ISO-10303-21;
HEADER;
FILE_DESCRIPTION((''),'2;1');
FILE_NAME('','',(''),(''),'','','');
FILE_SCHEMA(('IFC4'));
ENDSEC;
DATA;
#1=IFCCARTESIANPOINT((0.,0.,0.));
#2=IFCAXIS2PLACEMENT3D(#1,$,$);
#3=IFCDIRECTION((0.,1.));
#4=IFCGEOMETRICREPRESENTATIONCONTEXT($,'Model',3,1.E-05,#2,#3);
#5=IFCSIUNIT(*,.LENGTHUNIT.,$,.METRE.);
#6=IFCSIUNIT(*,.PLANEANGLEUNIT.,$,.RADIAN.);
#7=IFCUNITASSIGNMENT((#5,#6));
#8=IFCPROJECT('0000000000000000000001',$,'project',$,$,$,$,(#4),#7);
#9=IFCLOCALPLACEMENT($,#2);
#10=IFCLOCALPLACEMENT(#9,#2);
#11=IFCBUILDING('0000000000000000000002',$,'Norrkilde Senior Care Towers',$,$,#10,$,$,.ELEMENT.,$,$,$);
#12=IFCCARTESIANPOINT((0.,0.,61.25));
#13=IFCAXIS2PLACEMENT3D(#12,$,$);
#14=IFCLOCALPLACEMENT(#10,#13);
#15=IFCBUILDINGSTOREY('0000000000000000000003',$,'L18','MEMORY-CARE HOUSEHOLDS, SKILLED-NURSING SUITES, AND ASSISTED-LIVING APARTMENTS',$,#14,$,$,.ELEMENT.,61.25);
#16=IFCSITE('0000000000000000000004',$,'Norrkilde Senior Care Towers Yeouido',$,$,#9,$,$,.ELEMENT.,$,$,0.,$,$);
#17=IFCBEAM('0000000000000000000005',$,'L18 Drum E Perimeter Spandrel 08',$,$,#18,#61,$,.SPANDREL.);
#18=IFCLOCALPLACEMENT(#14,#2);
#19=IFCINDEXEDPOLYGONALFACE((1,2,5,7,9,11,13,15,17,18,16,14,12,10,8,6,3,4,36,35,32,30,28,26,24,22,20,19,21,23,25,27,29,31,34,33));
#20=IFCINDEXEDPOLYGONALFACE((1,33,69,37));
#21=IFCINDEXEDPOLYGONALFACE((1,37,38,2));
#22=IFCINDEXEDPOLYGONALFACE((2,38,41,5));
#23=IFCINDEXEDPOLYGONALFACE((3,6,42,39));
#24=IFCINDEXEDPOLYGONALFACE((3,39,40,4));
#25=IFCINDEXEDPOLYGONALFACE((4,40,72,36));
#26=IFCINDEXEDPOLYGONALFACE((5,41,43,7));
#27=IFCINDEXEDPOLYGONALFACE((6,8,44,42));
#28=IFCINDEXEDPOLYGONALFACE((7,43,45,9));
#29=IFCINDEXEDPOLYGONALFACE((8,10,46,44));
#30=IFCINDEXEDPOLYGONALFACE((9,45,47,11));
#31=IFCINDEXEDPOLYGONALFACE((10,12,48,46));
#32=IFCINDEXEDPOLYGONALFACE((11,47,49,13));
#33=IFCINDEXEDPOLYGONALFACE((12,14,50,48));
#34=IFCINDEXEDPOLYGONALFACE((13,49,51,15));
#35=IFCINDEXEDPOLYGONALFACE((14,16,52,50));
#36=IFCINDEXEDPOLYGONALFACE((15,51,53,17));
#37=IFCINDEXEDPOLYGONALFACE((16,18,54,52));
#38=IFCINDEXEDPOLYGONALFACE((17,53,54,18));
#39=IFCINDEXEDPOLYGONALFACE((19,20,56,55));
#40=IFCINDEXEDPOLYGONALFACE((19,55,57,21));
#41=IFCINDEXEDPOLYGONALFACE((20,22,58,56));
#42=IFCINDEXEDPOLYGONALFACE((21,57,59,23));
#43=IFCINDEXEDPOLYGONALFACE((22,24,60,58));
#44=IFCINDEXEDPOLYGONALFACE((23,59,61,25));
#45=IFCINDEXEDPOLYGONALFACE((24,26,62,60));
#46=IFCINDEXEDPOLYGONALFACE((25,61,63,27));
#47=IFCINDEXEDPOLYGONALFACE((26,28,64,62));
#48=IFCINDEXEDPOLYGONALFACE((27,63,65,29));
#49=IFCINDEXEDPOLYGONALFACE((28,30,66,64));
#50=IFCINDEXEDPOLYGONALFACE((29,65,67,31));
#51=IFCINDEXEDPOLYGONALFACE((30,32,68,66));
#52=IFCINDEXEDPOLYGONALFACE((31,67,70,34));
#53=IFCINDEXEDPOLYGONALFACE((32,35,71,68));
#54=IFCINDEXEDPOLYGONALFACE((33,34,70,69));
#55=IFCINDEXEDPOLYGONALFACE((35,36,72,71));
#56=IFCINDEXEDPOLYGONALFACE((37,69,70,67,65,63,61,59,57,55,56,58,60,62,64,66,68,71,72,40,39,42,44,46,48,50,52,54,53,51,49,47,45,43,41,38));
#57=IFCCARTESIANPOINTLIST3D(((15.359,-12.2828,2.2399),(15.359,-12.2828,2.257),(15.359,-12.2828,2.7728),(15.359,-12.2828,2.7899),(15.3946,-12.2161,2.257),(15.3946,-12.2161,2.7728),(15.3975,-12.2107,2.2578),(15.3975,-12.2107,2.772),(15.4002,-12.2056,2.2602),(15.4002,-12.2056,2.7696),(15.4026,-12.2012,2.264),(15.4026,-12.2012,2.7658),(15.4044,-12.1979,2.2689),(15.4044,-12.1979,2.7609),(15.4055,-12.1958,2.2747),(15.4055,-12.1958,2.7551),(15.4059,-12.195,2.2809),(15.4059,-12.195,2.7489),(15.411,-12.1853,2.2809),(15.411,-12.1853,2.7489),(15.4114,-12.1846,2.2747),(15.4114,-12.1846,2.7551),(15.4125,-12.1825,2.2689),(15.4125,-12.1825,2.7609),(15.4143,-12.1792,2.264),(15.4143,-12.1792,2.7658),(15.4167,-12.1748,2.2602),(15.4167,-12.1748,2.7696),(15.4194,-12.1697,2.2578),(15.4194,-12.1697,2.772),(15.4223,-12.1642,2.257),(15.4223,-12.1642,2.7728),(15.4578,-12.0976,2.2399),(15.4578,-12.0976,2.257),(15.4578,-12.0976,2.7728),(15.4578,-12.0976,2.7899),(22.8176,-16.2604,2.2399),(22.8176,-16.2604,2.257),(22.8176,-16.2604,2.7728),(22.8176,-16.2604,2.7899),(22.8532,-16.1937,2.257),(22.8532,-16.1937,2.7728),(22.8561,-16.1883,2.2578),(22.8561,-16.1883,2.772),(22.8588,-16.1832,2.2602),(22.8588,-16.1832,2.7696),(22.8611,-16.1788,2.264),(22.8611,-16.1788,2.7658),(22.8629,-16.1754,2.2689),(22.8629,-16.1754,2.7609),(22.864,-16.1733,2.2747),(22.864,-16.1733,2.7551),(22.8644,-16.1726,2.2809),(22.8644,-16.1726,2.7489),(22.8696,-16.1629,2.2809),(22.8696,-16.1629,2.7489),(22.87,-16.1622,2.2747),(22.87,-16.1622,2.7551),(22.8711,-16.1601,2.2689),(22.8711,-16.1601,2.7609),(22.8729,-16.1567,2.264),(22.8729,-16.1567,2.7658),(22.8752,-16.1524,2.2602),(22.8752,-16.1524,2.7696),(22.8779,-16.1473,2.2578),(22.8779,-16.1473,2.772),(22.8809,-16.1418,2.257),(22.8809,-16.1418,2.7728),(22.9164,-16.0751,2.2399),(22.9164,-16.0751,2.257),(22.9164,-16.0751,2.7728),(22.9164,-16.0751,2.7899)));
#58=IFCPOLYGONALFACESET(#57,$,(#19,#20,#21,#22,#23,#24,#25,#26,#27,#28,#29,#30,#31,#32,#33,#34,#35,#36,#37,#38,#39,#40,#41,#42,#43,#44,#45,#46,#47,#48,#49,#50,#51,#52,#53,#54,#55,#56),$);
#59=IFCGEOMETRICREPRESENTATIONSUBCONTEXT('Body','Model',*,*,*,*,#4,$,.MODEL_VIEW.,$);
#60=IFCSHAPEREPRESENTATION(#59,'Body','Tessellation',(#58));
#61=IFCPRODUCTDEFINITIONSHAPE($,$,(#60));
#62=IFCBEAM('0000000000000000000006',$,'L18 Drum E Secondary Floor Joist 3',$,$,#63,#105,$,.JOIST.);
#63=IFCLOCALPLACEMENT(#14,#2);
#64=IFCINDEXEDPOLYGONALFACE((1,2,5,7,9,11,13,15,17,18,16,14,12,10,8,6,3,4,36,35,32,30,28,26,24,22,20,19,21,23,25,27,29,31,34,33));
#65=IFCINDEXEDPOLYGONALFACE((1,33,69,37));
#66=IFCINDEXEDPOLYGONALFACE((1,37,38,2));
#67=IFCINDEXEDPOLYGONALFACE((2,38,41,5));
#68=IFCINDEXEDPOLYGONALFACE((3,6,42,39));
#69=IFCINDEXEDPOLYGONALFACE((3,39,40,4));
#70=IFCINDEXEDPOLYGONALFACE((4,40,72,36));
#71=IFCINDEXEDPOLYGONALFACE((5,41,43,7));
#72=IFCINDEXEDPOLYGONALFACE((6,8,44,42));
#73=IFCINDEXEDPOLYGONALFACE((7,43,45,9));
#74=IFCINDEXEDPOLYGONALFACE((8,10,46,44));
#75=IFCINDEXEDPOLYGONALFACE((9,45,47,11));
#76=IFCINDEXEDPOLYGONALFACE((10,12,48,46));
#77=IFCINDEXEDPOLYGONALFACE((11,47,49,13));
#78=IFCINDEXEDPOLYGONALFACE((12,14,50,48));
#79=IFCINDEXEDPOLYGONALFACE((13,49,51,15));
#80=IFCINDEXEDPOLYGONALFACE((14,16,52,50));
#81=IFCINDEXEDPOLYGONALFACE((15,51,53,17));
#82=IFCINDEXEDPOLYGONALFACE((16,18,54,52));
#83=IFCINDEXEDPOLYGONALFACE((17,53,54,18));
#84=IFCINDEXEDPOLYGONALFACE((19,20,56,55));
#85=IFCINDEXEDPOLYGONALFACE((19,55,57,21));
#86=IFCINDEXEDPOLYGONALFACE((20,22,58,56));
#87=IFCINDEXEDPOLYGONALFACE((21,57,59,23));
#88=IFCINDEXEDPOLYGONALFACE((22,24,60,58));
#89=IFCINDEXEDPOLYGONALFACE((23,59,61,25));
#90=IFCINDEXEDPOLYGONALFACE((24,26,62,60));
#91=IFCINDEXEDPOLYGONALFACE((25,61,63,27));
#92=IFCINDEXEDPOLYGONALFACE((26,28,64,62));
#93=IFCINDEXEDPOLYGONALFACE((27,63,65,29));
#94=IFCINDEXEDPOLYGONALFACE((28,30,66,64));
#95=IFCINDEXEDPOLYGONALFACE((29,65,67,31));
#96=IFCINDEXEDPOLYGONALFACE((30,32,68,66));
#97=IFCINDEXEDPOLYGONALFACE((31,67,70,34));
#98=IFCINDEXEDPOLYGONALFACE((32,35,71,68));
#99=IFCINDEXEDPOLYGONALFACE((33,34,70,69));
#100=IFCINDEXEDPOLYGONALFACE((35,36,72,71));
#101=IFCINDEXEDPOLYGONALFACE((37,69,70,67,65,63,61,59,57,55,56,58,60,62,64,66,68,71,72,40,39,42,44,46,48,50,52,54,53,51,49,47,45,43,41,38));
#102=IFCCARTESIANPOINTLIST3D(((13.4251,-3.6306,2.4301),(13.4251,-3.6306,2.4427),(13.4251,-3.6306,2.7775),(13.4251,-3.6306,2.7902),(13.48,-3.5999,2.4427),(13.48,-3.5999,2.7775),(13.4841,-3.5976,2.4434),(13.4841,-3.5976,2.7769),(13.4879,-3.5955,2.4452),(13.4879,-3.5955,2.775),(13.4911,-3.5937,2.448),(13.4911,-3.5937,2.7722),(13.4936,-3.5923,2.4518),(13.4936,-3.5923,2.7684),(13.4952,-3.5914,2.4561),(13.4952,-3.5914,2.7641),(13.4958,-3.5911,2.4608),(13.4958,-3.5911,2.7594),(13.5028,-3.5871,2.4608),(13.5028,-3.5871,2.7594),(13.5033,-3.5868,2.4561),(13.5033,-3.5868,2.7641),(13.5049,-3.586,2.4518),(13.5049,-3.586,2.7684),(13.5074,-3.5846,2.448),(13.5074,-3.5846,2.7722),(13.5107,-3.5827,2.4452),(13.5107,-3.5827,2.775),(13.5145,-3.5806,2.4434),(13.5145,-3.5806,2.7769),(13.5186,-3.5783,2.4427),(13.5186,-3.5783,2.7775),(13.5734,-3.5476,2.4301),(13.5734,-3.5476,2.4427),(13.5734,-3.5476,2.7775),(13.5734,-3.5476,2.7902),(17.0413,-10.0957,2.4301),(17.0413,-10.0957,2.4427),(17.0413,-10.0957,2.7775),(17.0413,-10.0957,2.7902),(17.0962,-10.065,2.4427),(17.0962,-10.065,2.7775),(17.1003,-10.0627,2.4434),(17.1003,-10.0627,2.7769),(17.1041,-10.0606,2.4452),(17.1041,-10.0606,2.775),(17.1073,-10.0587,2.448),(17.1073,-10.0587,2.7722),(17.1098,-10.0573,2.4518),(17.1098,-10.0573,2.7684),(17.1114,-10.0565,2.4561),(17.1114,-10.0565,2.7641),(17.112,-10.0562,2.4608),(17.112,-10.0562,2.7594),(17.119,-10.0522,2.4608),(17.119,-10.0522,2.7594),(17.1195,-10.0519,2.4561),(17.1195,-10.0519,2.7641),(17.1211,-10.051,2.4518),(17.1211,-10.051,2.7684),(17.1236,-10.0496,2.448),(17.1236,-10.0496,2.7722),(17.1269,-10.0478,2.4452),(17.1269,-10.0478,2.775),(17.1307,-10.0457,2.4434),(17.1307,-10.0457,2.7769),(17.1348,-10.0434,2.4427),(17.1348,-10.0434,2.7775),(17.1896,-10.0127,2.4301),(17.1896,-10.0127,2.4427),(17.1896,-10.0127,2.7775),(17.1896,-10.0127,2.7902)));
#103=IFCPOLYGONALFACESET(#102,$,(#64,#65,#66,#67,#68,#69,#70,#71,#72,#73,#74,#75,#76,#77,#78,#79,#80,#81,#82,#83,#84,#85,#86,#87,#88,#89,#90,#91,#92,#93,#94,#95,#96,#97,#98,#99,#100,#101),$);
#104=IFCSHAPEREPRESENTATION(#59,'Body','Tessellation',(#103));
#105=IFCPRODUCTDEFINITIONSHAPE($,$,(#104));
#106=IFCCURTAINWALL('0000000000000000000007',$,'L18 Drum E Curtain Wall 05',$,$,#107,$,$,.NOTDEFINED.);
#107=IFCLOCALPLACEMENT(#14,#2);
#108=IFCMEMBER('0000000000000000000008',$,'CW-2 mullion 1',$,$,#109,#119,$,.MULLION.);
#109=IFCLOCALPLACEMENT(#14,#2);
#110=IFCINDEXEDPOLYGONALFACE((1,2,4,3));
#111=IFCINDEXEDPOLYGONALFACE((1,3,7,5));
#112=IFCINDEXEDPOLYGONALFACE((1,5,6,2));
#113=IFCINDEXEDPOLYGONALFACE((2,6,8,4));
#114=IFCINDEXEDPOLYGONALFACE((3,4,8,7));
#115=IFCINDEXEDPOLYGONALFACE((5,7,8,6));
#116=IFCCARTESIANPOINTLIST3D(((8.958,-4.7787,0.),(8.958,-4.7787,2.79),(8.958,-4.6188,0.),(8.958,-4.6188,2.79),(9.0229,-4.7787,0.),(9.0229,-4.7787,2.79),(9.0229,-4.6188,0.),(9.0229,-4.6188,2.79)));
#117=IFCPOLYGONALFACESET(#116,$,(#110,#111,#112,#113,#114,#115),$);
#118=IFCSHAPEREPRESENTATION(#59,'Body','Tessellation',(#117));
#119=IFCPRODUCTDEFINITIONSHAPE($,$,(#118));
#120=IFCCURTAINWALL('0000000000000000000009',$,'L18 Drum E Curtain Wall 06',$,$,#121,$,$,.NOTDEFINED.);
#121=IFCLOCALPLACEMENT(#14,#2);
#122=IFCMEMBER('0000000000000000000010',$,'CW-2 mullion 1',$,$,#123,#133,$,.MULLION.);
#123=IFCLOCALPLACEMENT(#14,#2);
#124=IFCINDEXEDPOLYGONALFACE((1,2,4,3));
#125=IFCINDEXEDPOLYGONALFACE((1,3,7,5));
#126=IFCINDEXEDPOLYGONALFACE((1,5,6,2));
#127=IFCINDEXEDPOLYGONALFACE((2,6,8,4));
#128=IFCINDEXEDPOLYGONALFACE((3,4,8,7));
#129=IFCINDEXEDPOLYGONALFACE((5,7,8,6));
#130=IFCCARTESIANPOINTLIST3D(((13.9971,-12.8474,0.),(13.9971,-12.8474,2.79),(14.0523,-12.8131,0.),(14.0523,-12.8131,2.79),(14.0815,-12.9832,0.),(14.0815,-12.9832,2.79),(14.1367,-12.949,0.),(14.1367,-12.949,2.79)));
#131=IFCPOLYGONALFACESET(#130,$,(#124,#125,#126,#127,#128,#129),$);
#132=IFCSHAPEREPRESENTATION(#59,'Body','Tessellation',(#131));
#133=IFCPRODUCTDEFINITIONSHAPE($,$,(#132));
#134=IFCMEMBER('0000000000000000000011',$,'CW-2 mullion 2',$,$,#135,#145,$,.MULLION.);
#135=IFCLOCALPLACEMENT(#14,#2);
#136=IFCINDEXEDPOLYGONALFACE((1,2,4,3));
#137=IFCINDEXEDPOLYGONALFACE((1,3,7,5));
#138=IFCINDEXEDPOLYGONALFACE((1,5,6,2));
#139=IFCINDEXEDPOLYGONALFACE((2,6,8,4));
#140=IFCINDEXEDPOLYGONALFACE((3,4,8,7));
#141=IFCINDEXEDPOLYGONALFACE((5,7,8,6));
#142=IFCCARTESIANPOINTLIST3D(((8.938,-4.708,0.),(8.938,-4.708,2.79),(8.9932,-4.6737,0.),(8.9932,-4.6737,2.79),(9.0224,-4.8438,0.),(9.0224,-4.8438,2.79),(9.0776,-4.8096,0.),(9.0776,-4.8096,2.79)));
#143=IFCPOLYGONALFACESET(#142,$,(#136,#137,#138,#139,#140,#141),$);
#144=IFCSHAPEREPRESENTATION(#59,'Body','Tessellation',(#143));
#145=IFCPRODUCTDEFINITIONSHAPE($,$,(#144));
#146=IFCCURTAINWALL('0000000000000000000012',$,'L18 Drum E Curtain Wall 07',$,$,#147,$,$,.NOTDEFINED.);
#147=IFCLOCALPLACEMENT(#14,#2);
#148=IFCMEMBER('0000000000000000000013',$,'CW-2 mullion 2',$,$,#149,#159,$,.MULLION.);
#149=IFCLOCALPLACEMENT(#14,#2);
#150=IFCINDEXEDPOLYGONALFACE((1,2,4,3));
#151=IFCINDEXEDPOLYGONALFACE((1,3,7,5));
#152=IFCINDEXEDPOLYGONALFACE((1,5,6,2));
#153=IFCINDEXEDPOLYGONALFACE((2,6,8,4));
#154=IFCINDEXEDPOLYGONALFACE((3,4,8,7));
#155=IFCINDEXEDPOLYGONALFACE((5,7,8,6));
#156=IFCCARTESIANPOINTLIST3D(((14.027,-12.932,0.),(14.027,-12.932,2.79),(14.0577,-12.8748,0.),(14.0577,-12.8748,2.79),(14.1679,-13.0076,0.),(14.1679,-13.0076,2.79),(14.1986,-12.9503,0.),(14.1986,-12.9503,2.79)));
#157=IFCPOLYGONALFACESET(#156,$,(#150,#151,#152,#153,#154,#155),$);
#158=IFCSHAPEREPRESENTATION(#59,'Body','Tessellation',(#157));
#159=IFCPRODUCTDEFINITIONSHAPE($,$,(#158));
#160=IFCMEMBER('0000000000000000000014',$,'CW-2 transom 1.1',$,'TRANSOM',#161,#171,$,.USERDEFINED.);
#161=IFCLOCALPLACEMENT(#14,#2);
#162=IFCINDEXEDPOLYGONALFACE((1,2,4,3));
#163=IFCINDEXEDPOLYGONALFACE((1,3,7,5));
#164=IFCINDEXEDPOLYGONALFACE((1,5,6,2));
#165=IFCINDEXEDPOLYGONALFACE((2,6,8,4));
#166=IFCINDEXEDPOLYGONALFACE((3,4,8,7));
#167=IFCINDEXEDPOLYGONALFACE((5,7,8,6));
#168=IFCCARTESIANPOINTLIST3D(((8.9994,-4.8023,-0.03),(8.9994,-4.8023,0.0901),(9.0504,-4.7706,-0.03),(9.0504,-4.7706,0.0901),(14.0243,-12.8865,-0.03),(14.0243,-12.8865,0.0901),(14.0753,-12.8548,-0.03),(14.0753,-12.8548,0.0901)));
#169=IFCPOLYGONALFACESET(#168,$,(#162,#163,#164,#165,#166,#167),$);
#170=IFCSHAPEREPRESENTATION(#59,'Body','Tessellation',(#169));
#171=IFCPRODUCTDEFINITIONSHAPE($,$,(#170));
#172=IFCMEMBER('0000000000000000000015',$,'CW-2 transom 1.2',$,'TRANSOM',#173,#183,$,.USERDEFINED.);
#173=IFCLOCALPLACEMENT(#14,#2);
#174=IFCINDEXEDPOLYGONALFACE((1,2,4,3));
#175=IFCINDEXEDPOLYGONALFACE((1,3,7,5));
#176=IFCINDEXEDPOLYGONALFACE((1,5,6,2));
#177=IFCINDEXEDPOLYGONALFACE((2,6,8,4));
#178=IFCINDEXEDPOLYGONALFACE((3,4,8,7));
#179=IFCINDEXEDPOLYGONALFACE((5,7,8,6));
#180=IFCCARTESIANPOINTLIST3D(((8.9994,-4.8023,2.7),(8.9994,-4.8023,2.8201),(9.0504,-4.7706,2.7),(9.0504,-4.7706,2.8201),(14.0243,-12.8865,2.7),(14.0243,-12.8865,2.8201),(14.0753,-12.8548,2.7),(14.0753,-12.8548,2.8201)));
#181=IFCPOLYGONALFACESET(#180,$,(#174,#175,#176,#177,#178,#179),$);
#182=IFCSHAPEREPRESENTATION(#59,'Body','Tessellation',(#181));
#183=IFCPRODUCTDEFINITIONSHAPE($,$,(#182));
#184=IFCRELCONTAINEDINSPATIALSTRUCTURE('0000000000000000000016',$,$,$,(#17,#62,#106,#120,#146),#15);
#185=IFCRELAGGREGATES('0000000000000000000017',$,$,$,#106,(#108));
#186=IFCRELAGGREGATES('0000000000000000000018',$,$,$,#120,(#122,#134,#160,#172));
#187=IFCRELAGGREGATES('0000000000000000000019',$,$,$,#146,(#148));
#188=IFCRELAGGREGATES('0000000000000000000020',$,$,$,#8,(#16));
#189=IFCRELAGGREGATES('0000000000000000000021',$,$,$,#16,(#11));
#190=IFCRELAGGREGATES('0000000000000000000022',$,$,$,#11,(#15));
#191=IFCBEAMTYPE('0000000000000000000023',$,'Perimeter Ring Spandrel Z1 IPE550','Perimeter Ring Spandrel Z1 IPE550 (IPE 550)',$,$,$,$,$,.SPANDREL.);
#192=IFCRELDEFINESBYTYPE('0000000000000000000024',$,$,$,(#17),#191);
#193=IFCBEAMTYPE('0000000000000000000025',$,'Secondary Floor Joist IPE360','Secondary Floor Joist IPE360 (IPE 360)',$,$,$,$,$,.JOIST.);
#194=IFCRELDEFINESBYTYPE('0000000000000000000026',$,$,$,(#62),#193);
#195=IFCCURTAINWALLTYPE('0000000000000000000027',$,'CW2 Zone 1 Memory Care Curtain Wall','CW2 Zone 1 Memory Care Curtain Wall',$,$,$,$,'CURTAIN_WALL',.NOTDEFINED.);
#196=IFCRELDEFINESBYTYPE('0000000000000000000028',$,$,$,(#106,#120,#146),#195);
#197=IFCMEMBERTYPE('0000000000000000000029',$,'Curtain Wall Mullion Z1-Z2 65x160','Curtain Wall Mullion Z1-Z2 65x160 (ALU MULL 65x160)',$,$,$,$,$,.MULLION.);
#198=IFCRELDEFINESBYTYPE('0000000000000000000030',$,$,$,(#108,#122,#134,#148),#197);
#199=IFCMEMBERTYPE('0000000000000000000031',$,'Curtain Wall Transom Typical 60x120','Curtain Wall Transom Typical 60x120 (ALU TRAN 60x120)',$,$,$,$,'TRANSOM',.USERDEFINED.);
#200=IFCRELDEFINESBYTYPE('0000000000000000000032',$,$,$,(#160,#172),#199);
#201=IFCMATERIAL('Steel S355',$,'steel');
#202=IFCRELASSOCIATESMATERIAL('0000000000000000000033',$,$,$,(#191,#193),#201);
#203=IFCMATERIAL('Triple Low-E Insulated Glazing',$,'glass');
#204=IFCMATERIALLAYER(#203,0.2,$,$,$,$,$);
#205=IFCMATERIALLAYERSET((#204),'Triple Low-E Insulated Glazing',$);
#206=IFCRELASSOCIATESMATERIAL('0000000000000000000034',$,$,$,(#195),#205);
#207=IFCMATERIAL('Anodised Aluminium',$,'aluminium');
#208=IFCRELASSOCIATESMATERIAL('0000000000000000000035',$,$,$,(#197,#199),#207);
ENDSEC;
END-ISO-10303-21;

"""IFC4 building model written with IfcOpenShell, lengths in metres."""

from ifc_helpers import new_model, si_unit, direction, frame, origin, origin_2d, place, context, subcontext, project, spatial, rectangle, i_section, extrude, source, transform, mapped, material, layer, layer_set, material_profile, profile_set, type_object, type_shapes, element, aggregate, save


model = new_model("IFC4")

# Units and contexts
model_context = context("Model", 3, precision=1e-05, world=origin(), true_north=direction((0.0, 1.0)))
body_context = subcontext(model_context, "Body", "Model", "MODEL_VIEW")
ifc_project = project(units=[si_unit("LENGTHUNIT", "METRE"), si_unit("PLANEANGLEUNIT", "RADIAN")], contexts=[model_context])

# Site, building, storey
site_placement = place(None, origin())
site = spatial("IfcSite", under=ifc_project, at=site_placement, Name="Norrkilde Senior Care Towers Yeouido", CompositionType="ELEMENT", RefElevation=0.0)
building_placement = place(site_placement, origin())
building = spatial("IfcBuilding", under=site, at=building_placement, Name="Norrkilde Senior Care Towers", CompositionType="ELEMENT")
storey_placement = place(building_placement, frame((0.0, 0.0, 61.25)))
storey = spatial("IfcBuildingStorey", under=building, at=storey_placement, Name="L18", Description="MEMORY-CARE HOUSEHOLDS, SKILLED-NURSING SUITES, AND ASSISTED-LIVING APARTMENTS", CompositionType="ELEMENT", Elevation=61.25)

# Beams
ifc_material_1 = material(Name="Steel S355", Category="steel")
ifc_material_profile_1 = material_profile(ifc_material_1, i_section(OverallWidth=0.21, OverallDepth=0.55, WebThickness=0.011, FlangeThickness=0.0171, FilletRadius=0.0239, at=origin_2d()), Name="IPE 550")
ifc_profile_set_1 = profile_set([ifc_material_profile_1], Name="Steel S355")
beam_type_1 = type_object("IfcBeamType", Name="Perimeter Ring Spandrel Z1 IPE550", Description="Perimeter Ring Spandrel Z1 IPE550 (IPE 550)", PredefinedType="SPANDREL", material=ifc_profile_set_1)
shared_shape_1 = source(origin(), body_context, "Body", "SweptSolid", [
    extrude(i_section(OverallWidth=0.21, OverallDepth=0.55, WebThickness=0.011, FlangeThickness=0.0171, FilletRadius=0.0239, at=origin_2d()), origin(), (0.0, 0.0, 1.0), 8.4529),
])
beam_1_placement = place(storey_placement, frame((15.4084, -12.1902, 2.5149), z_axis=(0.882369, -0.470558, 0.0), x_axis=(0.470558, 0.882369, 0.0)))
element("IfcBeam", 1, at=beam_1_placement, inside=storey, type_object=beam_type_1, Name="L18 Drum E Perimeter Spandrel 08", PredefinedType="SPANDREL", context=body_context, shape_type="MappedRepresentation", body=[
    mapped(shared_shape_1, transform((0.0, 0.0, 0.0), x_axis=(1.0, 0.0, 0.0), y_axis=(0.0, 1.0, 0.0), z_axis=(0.0, 0.0, 1.0), scale=1.0)),
])
ifc_material_profile_2 = material_profile(ifc_material_1, i_section(OverallWidth=0.1699, OverallDepth=0.3601, WebThickness=0.0081, FlangeThickness=0.0127, FilletRadius=0.0181, at=origin_2d()), Name="IPE 360")
ifc_profile_set_2 = profile_set([ifc_material_profile_2], Name="Steel S355")
beam_type_2 = type_object("IfcBeamType", Name="Secondary Floor Joist IPE360", Description="Secondary Floor Joist IPE360 (IPE 360)", PredefinedType="JOIST", material=ifc_profile_set_2)
shared_shape_2 = source(origin(), body_context, "Body", "SweptSolid", [
    extrude(i_section(OverallWidth=0.1699, OverallDepth=0.3601, WebThickness=0.0081, FlangeThickness=0.0127, FilletRadius=0.0181, at=origin_2d()), origin(), (0.0, 0.0, 1.0), 7.4077),
])
type_shapes(beam_type_2, [shared_shape_2])
beam_2_placement = place(storey_placement, frame((13.4993, -3.5891, 2.6101), z_axis=(0.488168, -0.87275, 0.0), x_axis=(0.87275, 0.488168, 0.0)))
element("IfcBeam", 2, at=beam_2_placement, inside=storey, type_object=beam_type_2, Name="L18 Drum E Secondary Floor Joist 3", PredefinedType="JOIST", context=body_context, shape_type="MappedRepresentation", body=[
    mapped(shared_shape_2, transform((0.0, 0.0, 0.0), x_axis=(1.0, 0.0, 0.0), y_axis=(0.0, 1.0, 0.0), z_axis=(0.0, 0.0, 1.0), scale=1.0)),
])

# Curtain wall, member
ifc_material_2 = material(Name="Triple Low-E Insulated Glazing", Category="glass")
ifc_layer_1 = layer(ifc_material_2, 0.2)
ifc_layer_set_1 = layer_set([ifc_layer_1], Name="Triple Low-E Insulated Glazing")
curtain_wall_type = type_object("IfcCurtainWallType", Name="CW2 Zone 1 Memory Care Curtain Wall", Description="CW2 Zone 1 Memory Care Curtain Wall", ElementType="CURTAIN_WALL", PredefinedType="NOTDEFINED", material=ifc_layer_set_1)
curtain_wall_1_placement = place(storey_placement, origin())
curtain_wall_1 = element("IfcCurtainWall", 3, at=curtain_wall_1_placement, inside=storey, type_object=curtain_wall_type, Name="L18 Drum E Curtain Wall 05", PredefinedType="NOTDEFINED")
ifc_material_3 = material(Name="Anodised Aluminium", Category="aluminium")
ifc_material_profile_3 = material_profile(ifc_material_3, rectangle(XDim=0.0649, YDim=0.1599, at=origin_2d()), Name="ALU MULL 65x160")
ifc_profile_set_3 = profile_set([ifc_material_profile_3], Name="Anodised Aluminium")
member_type_1 = type_object("IfcMemberType", Name="Curtain Wall Mullion Z1-Z2 65x160", Description="Curtain Wall Mullion Z1-Z2 65x160 (ALU MULL 65x160)", PredefinedType="MULLION", material=ifc_profile_set_3)
shared_shape_3 = source(origin(), body_context, "Body", "SweptSolid", [
    extrude(rectangle(XDim=0.0649, YDim=0.1599, at=origin_2d()), origin(), (0.0, 0.0, 1.0), 2.79),
])
type_shapes(member_type_1, [shared_shape_3])
member_1_placement = place(storey_placement, frame((8.9905, -4.6987, 0.0), z_axis=(0.0, 0.0, 1.0), x_axis=(-1.0, 0.0, 0.0)))
member_1 = element("IfcMember", 4, at=member_1_placement, type_object=member_type_1, Name="CW-2 mullion 1", PredefinedType="MULLION", context=body_context, shape_type="MappedRepresentation", body=[
    mapped(shared_shape_3, transform((0.0, 0.0, 0.0), x_axis=(1.0, 0.0, 0.0), y_axis=(0.0, 1.0, 0.0), z_axis=(0.0, 0.0, 1.0), scale=1.0)),
])

# Curtain wall, members
curtain_wall_2_placement = place(storey_placement, origin())
curtain_wall_2 = element("IfcCurtainWall", 5, at=curtain_wall_2_placement, inside=storey, type_object=curtain_wall_type, Name="L18 Drum E Curtain Wall 06", PredefinedType="NOTDEFINED")
member_2_placement = place(storey_placement, frame((14.0669, -12.8982, 0.0), z_axis=(0.0, 0.0, 1.0), x_axis=(-0.849306, -0.527901, 0.0)))
member_2 = element("IfcMember", 6, at=member_2_placement, type_object=member_type_1, Name="CW-2 mullion 1", PredefinedType="MULLION", context=body_context, shape_type="MappedRepresentation", body=[
    mapped(shared_shape_3, transform((0.0, 0.0, 0.0), x_axis=(1.0, 0.0, 0.0), y_axis=(0.0, 1.0, 0.0), z_axis=(0.0, 0.0, 1.0), scale=1.0)),
])
member_3_placement = place(storey_placement, frame((9.0078, -4.7588, 0.0), z_axis=(0.0, 0.0, 1.0), x_axis=(-0.849306, -0.527901, 0.0)))
member_3 = element("IfcMember", 7, at=member_3_placement, type_object=member_type_1, Name="CW-2 mullion 2", PredefinedType="MULLION", context=body_context, shape_type="MappedRepresentation", body=[
    mapped(shared_shape_3, transform((0.0, 0.0, 0.0), x_axis=(1.0, 0.0, 0.0), y_axis=(0.0, 1.0, 0.0), z_axis=(0.0, 0.0, 1.0), scale=1.0)),
])

# Curtain wall, member
curtain_wall_3_placement = place(storey_placement, origin())
curtain_wall_3 = element("IfcCurtainWall", 8, at=curtain_wall_3_placement, inside=storey, type_object=curtain_wall_type, Name="L18 Drum E Curtain Wall 07", PredefinedType="NOTDEFINED")
member_4_placement = place(storey_placement, frame((14.1128, -12.9412, 0.0), z_axis=(0.0, 0.0, 1.0), x_axis=(-0.472608, -0.881273, 0.0)))
member_4 = element("IfcMember", 9, at=member_4_placement, type_object=member_type_1, Name="CW-2 mullion 2", PredefinedType="MULLION", context=body_context, shape_type="MappedRepresentation", body=[
    mapped(shared_shape_3, transform((0.0, 0.0, 0.0), x_axis=(1.0, 0.0, 0.0), y_axis=(0.0, 1.0, 0.0), z_axis=(0.0, 0.0, 1.0), scale=1.0)),
])

# Members
ifc_material_profile_4 = material_profile(ifc_material_3, rectangle(XDim=0.0601, YDim=0.1201, at=origin_2d()), Name="ALU TRAN 60x120")
ifc_profile_set_4 = profile_set([ifc_material_profile_4], Name="Anodised Aluminium")
member_type_2 = type_object("IfcMemberType", Name="Curtain Wall Transom Typical 60x120", Description="Curtain Wall Transom Typical 60x120 (ALU TRAN 60x120)", ElementType="TRANSOM", PredefinedType="USERDEFINED", material=ifc_profile_set_4)
shared_shape_4 = source(origin(), body_context, "Body", "SweptSolid", [
    extrude(rectangle(XDim=0.0601, YDim=0.1201, at=origin_2d()), origin(), (0.0, 0.0, 1.0), 9.5186),
])
member_5_placement = place(storey_placement, frame((14.0498, -12.8706, 0.03), z_axis=(-0.527902, 0.849306, 0.0), x_axis=(-0.849306, -0.527902, 0.0)))
member_5 = element("IfcMember", 10, at=member_5_placement, type_object=member_type_2, Name="CW-2 transom 1.1", ObjectType="TRANSOM", PredefinedType="USERDEFINED", context=body_context, shape_type="MappedRepresentation", body=[
    mapped(shared_shape_4, transform((0.0, 0.0, 0.0), x_axis=(1.0, 0.0, 0.0), y_axis=(0.0, 1.0, 0.0), z_axis=(0.0, 0.0, 1.0), scale=1.0)),
])
member_6_placement = place(storey_placement, frame((14.0498, -12.8706, 2.76), z_axis=(-0.527902, 0.849306, 0.0), x_axis=(-0.849306, -0.527902, 0.0)))
member_6 = element("IfcMember", 11, at=member_6_placement, type_object=member_type_2, Name="CW-2 transom 1.2", ObjectType="TRANSOM", PredefinedType="USERDEFINED", context=body_context, shape_type="MappedRepresentation", body=[
    mapped(shared_shape_4, transform((0.0, 0.0, 0.0), x_axis=(1.0, 0.0, 0.0), y_axis=(0.0, 1.0, 0.0), z_axis=(0.0, 0.0, 1.0), scale=1.0)),
])
aggregate(curtain_wall_1, [member_1])

aggregate(curtain_wall_2, [member_2, member_3, member_5, member_6])
aggregate(curtain_wall_3, [member_4])

save(model, "model.ifc")
